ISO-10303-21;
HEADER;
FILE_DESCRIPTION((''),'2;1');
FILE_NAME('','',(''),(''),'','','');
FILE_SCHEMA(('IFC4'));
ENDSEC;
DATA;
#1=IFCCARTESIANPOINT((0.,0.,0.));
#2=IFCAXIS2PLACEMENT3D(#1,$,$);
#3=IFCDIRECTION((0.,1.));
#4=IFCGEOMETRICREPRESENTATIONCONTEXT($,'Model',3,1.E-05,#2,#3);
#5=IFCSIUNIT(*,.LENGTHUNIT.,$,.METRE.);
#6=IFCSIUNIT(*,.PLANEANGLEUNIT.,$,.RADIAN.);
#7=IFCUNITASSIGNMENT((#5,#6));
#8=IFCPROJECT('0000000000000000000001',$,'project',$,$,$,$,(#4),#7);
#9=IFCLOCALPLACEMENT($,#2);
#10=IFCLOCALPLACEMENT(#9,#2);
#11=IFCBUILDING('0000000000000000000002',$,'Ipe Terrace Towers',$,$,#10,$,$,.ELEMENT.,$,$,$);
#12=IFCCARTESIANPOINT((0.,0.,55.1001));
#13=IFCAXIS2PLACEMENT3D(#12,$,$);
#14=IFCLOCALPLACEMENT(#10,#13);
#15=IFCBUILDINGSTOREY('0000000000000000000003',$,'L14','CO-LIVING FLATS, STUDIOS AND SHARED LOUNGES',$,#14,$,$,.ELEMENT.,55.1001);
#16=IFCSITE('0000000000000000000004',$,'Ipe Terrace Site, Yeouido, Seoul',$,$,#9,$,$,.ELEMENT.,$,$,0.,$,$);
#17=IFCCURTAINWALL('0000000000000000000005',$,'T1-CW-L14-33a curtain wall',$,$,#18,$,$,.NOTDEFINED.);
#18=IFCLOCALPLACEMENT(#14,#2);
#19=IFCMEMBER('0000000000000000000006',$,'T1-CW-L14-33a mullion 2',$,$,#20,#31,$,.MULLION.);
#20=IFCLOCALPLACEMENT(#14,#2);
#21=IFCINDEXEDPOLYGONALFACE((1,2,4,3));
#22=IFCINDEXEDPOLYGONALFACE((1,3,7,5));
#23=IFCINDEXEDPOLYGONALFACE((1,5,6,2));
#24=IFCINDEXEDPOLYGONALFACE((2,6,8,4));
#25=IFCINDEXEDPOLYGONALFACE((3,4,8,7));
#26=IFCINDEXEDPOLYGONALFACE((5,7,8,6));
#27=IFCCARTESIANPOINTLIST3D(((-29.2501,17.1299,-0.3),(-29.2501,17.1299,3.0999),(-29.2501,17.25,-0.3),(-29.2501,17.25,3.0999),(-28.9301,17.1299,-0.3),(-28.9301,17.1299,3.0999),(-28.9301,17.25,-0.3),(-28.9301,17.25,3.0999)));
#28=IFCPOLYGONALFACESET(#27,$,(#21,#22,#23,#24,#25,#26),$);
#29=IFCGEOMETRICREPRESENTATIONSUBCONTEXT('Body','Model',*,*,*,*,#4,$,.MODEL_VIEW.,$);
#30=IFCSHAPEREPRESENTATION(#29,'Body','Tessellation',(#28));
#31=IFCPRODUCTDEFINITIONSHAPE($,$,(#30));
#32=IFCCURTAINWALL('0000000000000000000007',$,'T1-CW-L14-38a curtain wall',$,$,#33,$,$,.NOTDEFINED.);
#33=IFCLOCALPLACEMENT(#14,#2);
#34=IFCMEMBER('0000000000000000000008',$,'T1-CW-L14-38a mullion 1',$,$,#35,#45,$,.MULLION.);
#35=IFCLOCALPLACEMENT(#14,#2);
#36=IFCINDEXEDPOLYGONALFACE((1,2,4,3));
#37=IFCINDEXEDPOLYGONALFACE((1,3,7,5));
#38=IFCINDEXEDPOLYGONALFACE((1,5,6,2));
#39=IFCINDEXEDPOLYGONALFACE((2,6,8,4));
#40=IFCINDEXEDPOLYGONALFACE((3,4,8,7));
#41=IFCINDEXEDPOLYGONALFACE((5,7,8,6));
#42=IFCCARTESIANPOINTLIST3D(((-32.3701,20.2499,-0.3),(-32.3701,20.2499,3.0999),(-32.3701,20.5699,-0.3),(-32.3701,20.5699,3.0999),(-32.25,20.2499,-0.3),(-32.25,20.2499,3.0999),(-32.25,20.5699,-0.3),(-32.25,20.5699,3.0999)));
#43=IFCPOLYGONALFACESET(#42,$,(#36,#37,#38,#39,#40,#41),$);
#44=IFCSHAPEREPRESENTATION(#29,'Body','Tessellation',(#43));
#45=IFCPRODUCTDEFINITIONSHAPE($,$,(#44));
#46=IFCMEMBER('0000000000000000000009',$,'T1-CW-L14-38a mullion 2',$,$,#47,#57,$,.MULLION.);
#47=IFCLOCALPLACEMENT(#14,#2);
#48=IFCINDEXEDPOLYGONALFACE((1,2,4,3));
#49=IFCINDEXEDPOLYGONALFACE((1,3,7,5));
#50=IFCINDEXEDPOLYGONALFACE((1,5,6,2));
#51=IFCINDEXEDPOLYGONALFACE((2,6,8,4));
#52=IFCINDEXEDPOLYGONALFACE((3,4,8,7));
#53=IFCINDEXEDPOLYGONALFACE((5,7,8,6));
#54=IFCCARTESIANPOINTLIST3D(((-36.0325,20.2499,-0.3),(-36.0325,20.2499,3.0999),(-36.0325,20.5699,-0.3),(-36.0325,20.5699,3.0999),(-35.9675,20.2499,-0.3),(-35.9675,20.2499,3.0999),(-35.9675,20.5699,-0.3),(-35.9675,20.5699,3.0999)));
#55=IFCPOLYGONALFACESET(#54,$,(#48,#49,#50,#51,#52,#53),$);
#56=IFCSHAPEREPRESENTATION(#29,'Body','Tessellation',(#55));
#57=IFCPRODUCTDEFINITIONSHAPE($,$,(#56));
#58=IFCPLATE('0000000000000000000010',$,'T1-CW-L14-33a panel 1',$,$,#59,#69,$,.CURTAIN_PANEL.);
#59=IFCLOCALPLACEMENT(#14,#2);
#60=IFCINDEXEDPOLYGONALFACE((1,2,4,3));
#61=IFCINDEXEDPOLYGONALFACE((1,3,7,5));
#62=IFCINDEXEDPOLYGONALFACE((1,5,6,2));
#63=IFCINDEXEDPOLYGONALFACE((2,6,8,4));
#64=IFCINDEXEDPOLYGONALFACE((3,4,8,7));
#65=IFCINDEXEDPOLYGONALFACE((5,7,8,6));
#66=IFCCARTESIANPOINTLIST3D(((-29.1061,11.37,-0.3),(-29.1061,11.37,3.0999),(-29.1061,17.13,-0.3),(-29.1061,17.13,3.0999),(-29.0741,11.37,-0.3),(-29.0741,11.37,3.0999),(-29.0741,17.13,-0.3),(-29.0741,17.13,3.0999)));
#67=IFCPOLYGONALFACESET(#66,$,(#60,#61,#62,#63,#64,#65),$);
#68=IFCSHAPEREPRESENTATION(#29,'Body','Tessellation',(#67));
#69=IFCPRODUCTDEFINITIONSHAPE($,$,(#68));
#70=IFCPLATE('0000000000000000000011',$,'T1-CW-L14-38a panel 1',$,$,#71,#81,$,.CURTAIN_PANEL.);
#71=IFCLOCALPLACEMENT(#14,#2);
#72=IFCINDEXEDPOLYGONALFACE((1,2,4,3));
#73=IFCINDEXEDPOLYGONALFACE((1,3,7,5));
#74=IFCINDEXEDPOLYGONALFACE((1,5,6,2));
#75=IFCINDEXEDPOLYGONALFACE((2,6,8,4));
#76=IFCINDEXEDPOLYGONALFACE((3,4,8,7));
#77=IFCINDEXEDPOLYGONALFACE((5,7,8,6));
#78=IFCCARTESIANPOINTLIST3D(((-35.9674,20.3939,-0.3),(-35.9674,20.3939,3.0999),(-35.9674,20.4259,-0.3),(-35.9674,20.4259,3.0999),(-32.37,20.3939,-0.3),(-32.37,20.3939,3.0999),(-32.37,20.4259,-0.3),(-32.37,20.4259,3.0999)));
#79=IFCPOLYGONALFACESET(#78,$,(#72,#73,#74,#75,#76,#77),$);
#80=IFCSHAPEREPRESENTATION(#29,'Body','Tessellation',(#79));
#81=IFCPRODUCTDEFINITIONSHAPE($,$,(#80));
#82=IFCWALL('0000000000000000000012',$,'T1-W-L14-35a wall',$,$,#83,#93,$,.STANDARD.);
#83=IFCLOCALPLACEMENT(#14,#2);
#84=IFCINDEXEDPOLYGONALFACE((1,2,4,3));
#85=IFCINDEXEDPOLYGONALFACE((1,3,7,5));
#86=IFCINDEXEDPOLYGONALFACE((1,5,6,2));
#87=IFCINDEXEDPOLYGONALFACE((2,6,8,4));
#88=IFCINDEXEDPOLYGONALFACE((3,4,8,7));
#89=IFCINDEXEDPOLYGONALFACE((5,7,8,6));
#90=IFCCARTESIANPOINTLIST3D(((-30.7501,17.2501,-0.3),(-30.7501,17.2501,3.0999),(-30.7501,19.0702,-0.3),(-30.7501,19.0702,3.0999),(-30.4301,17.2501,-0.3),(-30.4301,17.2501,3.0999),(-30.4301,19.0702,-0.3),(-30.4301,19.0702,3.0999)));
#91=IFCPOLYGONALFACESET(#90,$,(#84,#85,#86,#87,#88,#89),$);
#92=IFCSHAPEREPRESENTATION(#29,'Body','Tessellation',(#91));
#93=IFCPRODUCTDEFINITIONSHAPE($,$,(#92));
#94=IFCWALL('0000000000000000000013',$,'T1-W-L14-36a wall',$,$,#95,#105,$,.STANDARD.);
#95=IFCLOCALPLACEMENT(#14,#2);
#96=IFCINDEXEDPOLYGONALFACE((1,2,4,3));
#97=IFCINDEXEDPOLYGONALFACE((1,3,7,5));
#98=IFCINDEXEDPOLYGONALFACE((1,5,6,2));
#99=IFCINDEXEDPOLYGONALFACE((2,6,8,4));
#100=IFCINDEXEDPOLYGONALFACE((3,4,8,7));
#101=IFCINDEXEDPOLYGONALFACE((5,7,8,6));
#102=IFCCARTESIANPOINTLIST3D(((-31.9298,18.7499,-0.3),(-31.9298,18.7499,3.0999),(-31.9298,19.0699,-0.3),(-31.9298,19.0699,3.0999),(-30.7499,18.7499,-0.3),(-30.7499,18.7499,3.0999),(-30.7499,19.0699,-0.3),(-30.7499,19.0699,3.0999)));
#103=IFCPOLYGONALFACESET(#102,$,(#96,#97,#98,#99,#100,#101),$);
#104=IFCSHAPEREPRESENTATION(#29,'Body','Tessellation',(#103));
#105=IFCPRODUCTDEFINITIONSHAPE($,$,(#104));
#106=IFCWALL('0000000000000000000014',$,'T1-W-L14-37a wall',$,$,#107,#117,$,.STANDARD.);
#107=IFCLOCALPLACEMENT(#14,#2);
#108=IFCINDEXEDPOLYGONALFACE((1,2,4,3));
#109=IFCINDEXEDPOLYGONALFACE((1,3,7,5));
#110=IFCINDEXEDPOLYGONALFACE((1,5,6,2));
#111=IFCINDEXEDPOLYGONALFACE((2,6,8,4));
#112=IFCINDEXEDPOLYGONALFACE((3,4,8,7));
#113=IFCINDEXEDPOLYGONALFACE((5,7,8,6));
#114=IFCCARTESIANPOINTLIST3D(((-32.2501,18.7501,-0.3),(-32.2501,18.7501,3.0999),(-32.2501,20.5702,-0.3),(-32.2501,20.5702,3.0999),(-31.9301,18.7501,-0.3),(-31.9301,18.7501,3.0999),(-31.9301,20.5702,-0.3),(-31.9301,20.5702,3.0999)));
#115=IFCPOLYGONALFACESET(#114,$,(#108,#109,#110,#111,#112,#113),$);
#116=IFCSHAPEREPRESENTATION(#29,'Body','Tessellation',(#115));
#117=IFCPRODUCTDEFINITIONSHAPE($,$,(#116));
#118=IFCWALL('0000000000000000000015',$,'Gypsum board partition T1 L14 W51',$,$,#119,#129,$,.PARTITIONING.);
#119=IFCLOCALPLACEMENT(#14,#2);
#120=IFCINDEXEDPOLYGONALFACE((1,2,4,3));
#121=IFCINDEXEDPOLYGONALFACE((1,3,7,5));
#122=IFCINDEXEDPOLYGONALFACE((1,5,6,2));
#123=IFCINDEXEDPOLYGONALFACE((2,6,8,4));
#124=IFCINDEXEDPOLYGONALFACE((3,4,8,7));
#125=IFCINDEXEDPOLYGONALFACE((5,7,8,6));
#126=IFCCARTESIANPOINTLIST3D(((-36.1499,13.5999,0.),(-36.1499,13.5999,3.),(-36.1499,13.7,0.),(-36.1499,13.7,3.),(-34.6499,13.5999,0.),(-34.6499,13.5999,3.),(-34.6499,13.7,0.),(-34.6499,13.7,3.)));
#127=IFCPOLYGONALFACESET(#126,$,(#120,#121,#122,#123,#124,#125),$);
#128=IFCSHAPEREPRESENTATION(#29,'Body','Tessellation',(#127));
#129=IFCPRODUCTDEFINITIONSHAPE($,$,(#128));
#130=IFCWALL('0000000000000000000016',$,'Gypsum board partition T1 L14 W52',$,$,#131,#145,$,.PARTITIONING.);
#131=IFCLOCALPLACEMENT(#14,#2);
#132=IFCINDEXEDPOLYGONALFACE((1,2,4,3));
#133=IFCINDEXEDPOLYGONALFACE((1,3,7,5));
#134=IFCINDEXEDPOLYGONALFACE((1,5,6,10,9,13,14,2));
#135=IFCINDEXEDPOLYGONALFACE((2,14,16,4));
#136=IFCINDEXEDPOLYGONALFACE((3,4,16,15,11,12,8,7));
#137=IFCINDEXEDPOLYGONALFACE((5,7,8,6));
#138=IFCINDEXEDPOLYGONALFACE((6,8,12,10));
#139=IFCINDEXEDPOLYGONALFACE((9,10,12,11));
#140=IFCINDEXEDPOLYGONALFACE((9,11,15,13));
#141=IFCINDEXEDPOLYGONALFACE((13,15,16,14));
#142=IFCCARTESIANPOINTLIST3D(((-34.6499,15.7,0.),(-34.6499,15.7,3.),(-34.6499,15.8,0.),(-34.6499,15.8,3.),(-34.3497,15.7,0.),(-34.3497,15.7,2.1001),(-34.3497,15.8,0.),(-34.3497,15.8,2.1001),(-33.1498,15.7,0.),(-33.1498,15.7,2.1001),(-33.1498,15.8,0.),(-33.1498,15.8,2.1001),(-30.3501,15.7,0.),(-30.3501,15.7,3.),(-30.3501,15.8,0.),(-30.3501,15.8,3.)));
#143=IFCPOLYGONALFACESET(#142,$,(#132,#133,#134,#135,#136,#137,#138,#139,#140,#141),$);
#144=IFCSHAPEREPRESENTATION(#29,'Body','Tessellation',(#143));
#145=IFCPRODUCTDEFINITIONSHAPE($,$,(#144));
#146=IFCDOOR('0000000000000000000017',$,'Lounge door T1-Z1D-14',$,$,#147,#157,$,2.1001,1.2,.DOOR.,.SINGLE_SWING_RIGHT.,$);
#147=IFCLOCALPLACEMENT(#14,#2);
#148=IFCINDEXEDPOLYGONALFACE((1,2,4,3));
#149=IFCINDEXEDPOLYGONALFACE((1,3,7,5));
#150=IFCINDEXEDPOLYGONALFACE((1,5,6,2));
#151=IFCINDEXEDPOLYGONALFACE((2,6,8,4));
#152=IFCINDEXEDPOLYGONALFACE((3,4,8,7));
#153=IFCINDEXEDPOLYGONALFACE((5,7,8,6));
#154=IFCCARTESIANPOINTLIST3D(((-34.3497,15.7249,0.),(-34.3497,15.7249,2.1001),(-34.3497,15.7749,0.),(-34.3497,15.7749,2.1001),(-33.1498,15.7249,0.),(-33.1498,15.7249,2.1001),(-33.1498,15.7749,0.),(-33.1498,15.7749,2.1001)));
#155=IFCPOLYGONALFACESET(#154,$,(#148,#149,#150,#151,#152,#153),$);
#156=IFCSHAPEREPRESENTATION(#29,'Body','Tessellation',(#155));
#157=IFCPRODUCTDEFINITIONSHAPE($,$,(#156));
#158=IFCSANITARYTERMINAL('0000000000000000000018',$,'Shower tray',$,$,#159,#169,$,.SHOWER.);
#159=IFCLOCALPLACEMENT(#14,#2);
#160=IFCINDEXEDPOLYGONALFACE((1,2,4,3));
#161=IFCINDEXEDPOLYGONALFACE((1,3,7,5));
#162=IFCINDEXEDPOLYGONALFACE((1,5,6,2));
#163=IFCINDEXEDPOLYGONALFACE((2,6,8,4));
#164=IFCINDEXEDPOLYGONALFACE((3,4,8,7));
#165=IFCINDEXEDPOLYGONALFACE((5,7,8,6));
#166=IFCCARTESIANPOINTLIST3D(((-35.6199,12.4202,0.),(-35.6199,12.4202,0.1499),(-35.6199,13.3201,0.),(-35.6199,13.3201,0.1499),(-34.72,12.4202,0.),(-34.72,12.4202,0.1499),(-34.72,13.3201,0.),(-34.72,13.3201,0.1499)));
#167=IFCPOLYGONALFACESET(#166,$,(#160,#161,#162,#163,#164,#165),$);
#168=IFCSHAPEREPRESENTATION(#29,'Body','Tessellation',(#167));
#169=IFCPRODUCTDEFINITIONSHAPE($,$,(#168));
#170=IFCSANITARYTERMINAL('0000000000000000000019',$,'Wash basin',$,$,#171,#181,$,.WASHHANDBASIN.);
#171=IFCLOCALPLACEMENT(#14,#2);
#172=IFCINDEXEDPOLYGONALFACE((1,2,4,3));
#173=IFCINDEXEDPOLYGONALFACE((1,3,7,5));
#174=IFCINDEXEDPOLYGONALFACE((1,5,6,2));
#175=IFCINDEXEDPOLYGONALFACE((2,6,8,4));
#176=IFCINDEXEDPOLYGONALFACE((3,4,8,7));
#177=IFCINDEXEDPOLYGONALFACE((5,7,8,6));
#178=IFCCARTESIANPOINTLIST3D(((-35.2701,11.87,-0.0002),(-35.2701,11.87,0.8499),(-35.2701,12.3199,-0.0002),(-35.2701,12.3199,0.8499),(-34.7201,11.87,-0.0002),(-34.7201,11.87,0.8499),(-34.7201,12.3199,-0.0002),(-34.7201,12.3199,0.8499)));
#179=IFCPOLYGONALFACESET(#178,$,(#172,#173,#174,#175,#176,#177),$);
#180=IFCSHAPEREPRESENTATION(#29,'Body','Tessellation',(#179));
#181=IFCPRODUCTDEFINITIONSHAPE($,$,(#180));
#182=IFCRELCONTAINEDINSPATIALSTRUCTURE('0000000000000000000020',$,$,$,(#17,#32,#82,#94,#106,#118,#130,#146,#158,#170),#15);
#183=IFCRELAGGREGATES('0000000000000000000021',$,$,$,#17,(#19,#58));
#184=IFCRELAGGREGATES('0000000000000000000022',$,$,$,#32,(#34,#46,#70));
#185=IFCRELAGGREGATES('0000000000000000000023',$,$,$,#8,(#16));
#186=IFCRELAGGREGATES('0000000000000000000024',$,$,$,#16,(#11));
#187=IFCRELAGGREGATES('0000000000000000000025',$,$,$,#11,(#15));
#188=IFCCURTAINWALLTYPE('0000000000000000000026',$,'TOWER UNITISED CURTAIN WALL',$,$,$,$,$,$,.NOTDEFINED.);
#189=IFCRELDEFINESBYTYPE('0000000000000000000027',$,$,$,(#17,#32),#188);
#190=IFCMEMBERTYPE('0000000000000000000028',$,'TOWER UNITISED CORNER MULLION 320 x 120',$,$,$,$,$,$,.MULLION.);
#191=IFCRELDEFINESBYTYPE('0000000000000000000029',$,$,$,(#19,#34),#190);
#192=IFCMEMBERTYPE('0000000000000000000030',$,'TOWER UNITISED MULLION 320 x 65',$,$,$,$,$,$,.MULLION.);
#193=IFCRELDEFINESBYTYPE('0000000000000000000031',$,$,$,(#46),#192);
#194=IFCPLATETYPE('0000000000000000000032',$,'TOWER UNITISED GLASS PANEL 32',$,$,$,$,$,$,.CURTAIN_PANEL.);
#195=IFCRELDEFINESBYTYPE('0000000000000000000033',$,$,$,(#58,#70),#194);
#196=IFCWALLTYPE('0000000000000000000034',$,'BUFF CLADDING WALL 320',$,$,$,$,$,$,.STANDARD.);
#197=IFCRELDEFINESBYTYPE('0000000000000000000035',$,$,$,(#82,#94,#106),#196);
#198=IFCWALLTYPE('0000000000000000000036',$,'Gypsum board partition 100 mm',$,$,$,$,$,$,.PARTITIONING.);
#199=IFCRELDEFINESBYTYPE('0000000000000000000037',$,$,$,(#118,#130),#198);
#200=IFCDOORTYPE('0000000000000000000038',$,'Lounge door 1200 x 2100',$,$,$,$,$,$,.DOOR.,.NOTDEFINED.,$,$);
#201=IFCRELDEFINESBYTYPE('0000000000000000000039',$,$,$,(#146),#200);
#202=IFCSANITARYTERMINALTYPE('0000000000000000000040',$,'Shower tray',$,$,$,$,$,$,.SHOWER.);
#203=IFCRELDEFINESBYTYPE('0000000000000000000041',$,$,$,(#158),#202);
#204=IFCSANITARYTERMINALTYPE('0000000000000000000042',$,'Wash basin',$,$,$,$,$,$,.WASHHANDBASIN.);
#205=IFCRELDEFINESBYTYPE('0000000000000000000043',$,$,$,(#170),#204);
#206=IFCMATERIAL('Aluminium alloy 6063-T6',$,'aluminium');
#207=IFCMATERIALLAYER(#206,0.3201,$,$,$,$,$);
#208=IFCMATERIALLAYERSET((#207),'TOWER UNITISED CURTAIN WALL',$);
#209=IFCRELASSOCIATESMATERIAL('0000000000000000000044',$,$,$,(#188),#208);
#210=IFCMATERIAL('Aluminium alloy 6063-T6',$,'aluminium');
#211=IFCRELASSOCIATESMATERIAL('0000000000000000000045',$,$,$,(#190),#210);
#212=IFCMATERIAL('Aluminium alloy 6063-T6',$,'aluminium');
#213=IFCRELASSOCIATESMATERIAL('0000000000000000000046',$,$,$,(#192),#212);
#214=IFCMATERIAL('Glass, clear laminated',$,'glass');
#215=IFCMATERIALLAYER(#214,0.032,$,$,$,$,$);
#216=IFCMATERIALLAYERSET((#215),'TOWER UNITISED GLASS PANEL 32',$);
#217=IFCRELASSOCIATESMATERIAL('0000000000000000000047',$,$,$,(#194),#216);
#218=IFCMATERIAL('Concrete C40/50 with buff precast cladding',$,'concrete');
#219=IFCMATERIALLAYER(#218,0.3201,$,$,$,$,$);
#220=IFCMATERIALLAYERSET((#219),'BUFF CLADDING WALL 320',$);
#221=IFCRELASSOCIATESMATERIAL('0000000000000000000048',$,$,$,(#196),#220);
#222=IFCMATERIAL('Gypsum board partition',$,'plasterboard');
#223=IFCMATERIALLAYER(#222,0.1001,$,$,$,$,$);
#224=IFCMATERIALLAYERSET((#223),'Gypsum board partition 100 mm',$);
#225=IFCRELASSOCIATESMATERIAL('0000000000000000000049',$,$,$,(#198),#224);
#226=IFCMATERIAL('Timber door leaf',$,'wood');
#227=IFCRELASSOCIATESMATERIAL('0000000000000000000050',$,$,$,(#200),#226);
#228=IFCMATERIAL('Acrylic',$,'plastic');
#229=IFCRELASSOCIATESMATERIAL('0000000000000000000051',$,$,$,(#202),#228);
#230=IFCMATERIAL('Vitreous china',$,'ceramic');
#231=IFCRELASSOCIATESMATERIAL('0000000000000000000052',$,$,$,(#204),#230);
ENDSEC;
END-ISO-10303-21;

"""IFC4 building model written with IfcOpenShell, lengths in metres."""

from ifc_helpers import new_model, si_unit, direction, frame, frame_2d, origin, origin_2d, place, context, subcontext, project, spatial, rectangle, extrude, material, layer, layer_set, material_profile, profile_set, type_object, element, fill, aggregate, save


model = new_model("IFC4")

# Units and contexts
model_context = context("Model", 3, precision=1e-05, world=origin(), true_north=direction((0.0, 1.0)))
body_context = subcontext(model_context, "Body", "Model", "MODEL_VIEW")
ifc_project = project(units=[si_unit("LENGTHUNIT", "METRE"), si_unit("PLANEANGLEUNIT", "RADIAN")], contexts=[model_context])

# Site, building, storey
site_placement = place(None, origin())
site = spatial("IfcSite", under=ifc_project, at=site_placement, Name="Ipe Terrace Site, Yeouido, Seoul", CompositionType="ELEMENT", RefElevation=0.0)
building_placement = place(site_placement, origin())
building = spatial("IfcBuilding", under=site, at=building_placement, Name="Ipe Terrace Towers", CompositionType="ELEMENT")
storey_placement = place(building_placement, frame((0.0, 0.0, 55.1001)))
storey = spatial("IfcBuildingStorey", under=building, at=storey_placement, Name="L14", Description="CO-LIVING FLATS, STUDIOS AND SHARED LOUNGES", CompositionType="ELEMENT", Elevation=55.1001)

# Curtain wall, member
ifc_material_1 = material(Name="Aluminium alloy 6063-T6", Category="aluminium")
ifc_layer_1 = layer(ifc_material_1, 0.3201)
ifc_layer_set_1 = layer_set([ifc_layer_1], Name="TOWER UNITISED CURTAIN WALL")
curtain_wall_type = type_object("IfcCurtainWallType", Name="TOWER UNITISED CURTAIN WALL", PredefinedType="NOTDEFINED", material=ifc_layer_set_1)
curtain_wall_1_placement = place(storey_placement, origin())
curtain_wall_1 = element("IfcCurtainWall", 1, at=curtain_wall_1_placement, inside=storey, type_object=curtain_wall_type, Name="T1-CW-L14-33a curtain wall", PredefinedType="NOTDEFINED")
ifc_material_2 = material(Name="Aluminium alloy 6063-T6", Category="aluminium")
ifc_material_profile_1 = material_profile(ifc_material_2, rectangle(XDim=0.3201, YDim=0.1201, at=origin_2d()), Name="TOWER UNITISED CORNER MULLION 320 x 120")
ifc_profile_set_1 = profile_set([ifc_material_profile_1], Name="Aluminium alloy 6063-T6")
member_type_1 = type_object("IfcMemberType", Name="TOWER UNITISED CORNER MULLION 320 x 120", PredefinedType="MULLION", material=ifc_profile_set_1)
member_1_placement = place(storey_placement, frame((-29.0901, 17.1899, -0.3), z_axis=(0.0, 0.0, 1.0), x_axis=(1.0, 0.0, 0.0)))
member_1 = element("IfcMember", 2, at=member_1_placement, type_object=member_type_1, Name="T1-CW-L14-33a mullion 2", PredefinedType="MULLION", context=body_context, shape_type="SweptSolid", body=[
    extrude(rectangle(XDim=0.3201, YDim=0.1201, at=origin_2d()), origin(), (0.0, 0.0, 1.0), 3.3999),
])

# Curtain wall, members
curtain_wall_2_placement = place(storey_placement, origin())
curtain_wall_2 = element("IfcCurtainWall", 3, at=curtain_wall_2_placement, inside=storey, type_object=curtain_wall_type, Name="T1-CW-L14-38a curtain wall", PredefinedType="NOTDEFINED")
member_2_placement = place(storey_placement, frame((-32.3101, 20.4099, -0.3), z_axis=(0.0, 0.0, 1.0), x_axis=(0.0, 1.0, 0.0)))
member_2 = element("IfcMember", 4, at=member_2_placement, type_object=member_type_1, Name="T1-CW-L14-38a mullion 1", PredefinedType="MULLION", context=body_context, shape_type="SweptSolid", body=[
    extrude(rectangle(XDim=0.3201, YDim=0.1201, at=origin_2d()), origin(), (0.0, 0.0, 1.0), 3.3999),
])
ifc_material_3 = material(Name="Aluminium alloy 6063-T6", Category="aluminium")
ifc_material_profile_2 = material_profile(ifc_material_3, rectangle(XDim=0.3201, YDim=0.0649, at=origin_2d()), Name="TOWER UNITISED MULLION 320 x 65")
ifc_profile_set_2 = profile_set([ifc_material_profile_2], Name="Aluminium alloy 6063-T6")
member_type_2 = type_object("IfcMemberType", Name="TOWER UNITISED MULLION 320 x 65", PredefinedType="MULLION", material=ifc_profile_set_2)
member_3_placement = place(storey_placement, frame((-36.0, 20.4099, -0.3), z_axis=(0.0, 0.0, 1.0), x_axis=(0.0, 1.0, 0.0)))
member_3 = element("IfcMember", 5, at=member_3_placement, type_object=member_type_2, Name="T1-CW-L14-38a mullion 2", PredefinedType="MULLION", context=body_context, shape_type="SweptSolid", body=[
    extrude(rectangle(XDim=0.3201, YDim=0.0649, at=origin_2d()), origin(), (0.0, 0.0, 1.0), 3.3999),
])

# Plates
ifc_material_4 = material(Name="Glass, clear laminated", Category="glass")
ifc_layer_2 = layer(ifc_material_4, 0.032)
ifc_layer_set_2 = layer_set([ifc_layer_2], Name="TOWER UNITISED GLASS PANEL 32")
plate_type = type_object("IfcPlateType", Name="TOWER UNITISED GLASS PANEL 32", PredefinedType="CURTAIN_PANEL", material=ifc_layer_set_2)
plate_1_placement = place(storey_placement, frame((-29.0901, 14.25, -0.3), z_axis=(0.0, 0.0, 1.0), x_axis=(0.0, 1.0, 0.0)))
plate_1 = element("IfcPlate", 6, at=plate_1_placement, type_object=plate_type, Name="T1-CW-L14-33a panel 1", PredefinedType="CURTAIN_PANEL", context=body_context, shape_type="SweptSolid", body=[
    extrude(rectangle(XDim=5.76, YDim=0.032, at=origin_2d()), origin(), (0.0, 0.0, 1.0), 3.3999),
])
aggregate(curtain_wall_1, [member_1, plate_1])
plate_2_placement = place(storey_placement, frame((-34.1687, 20.4099, -0.3), z_axis=(0.0, 0.0, 1.0), x_axis=(-1.0, 0.0, 0.0)))
plate_2 = element("IfcPlate", 7, at=plate_2_placement, type_object=plate_type, Name="T1-CW-L14-38a panel 1", PredefinedType="CURTAIN_PANEL", context=body_context, shape_type="SweptSolid", body=[
    extrude(rectangle(XDim=3.5974, YDim=0.032, at=origin_2d()), origin(), (0.0, 0.0, 1.0), 3.3999),
])
aggregate(curtain_wall_2, [member_2, member_3, plate_2])

# Walls
ifc_material_5 = material(Name="Concrete C40/50 with buff precast cladding", Category="concrete")
ifc_layer_3 = layer(ifc_material_5, 0.3201)
ifc_layer_set_3 = layer_set([ifc_layer_3], Name="BUFF CLADDING WALL 320")
wall_type_1 = type_object("IfcWallType", Name="BUFF CLADDING WALL 320", PredefinedType="STANDARD", material=ifc_layer_set_3)
wall_1_placement = place(storey_placement, frame((-30.5901, 17.25, -0.3), z_axis=(0.0, 0.0, 1.0), x_axis=(0.0, 1.0, 0.0)))
element("IfcWall", 8, at=wall_1_placement, inside=storey, type_object=wall_type_1, Name="T1-W-L14-35a wall", PredefinedType="STANDARD", context=body_context, shape_type="SweptSolid", body=[
    extrude(rectangle(XDim=1.8201, YDim=0.3201, at=frame_2d((0.9102, 0.0))), origin(), (0.0, 0.0, 1.0), 3.3999),
])
wall_2_placement = place(storey_placement, frame((-30.75, 18.9099, -0.3), z_axis=(0.0, 0.0, 1.0), x_axis=(-1.0, 0.0, 0.0)))
element("IfcWall", 9, at=wall_2_placement, inside=storey, type_object=wall_type_1, Name="T1-W-L14-36a wall", PredefinedType="STANDARD", context=body_context, shape_type="SweptSolid", body=[
    extrude(rectangle(XDim=1.1799, YDim=0.3201, at=frame_2d((0.5898, 0.0))), origin(), (0.0, 0.0, 1.0), 3.3999),
])
wall_3_placement = place(storey_placement, frame((-32.0901, 18.75, -0.3), z_axis=(0.0, 0.0, 1.0), x_axis=(0.0, 1.0, 0.0)))
element("IfcWall", 10, at=wall_3_placement, inside=storey, type_object=wall_type_1, Name="T1-W-L14-37a wall", PredefinedType="STANDARD", context=body_context, shape_type="SweptSolid", body=[
    extrude(rectangle(XDim=1.8201, YDim=0.3201, at=frame_2d((0.9102, 0.0))), origin(), (0.0, 0.0, 1.0), 3.3999),
])
ifc_material_6 = material(Name="Gypsum board partition", Category="plasterboard")
ifc_layer_4 = layer(ifc_material_6, 0.1001)
ifc_layer_set_4 = layer_set([ifc_layer_4], Name="Gypsum board partition 100 mm")
wall_type_2 = type_object("IfcWallType", Name="Gypsum board partition 100 mm", PredefinedType="PARTITIONING", material=ifc_layer_set_4)
wall_4_placement = place(storey_placement, frame((-36.1499, 13.6499, 0.0), z_axis=(0.0, 0.0, 1.0), x_axis=(1.0, 0.0, 0.0)))
element("IfcWall", 11, at=wall_4_placement, inside=storey, type_object=wall_type_2, Name="Gypsum board partition T1 L14 W51", PredefinedType="PARTITIONING", context=body_context, shape_type="SweptSolid", body=[
    extrude(rectangle(XDim=1.5, YDim=0.1001, at=frame_2d((0.75, 0.0))), origin(), (0.0, 0.0, 1.0), 3.0),
])

# Wall, opening, door
wall_5_placement = place(storey_placement, frame((-34.6499, 15.75, 0.0), z_axis=(0.0, 0.0, 1.0), x_axis=(1.0, 0.0, 0.0)))
wall_5 = element("IfcWall", 12, at=wall_5_placement, inside=storey, type_object=wall_type_2, Name="Gypsum board partition T1 L14 W52", PredefinedType="PARTITIONING", context=body_context, shape_type="SweptSolid", body=[
    extrude(rectangle(XDim=4.2998, YDim=0.1001, at=frame_2d((2.1499, 0.0))), origin(), (0.0, 0.0, 1.0), 3.0),
])
opening_placement = place(wall_5_placement, frame((0.3, 0.0, 0.0)))
opening = element("IfcOpeningElement", 13, at=opening_placement, cuts=wall_5, PredefinedType="OPENING", context=body_context, shape_type="SweptSolid", body=[
    extrude(rectangle(XDim=1.2, YDim=2.1001, at=frame_2d((0.6001, 1.05))), frame((0.0, 0.0601, 0.0), z_axis=(0.0, -1.0, 0.0), x_axis=(1.0, 0.0, 0.0)), (0.0, 0.0, 1.0), 0.1201),
])
ifc_material_7 = material(Name="Timber door leaf", Category="wood")
door_type = type_object("IfcDoorType", Name="Lounge door 1200 x 2100", OperationType="NOTDEFINED", PredefinedType="DOOR", material=ifc_material_7)
door_placement = place(opening_placement, origin())
door = element("IfcDoor", 14, at=door_placement, inside=storey, type_object=door_type, Name="Lounge door T1-Z1D-14", OperationType="SINGLE_SWING_RIGHT", OverallHeight=2.1001, OverallWidth=1.2, PredefinedType="DOOR", context=body_context, shape_type="SweptSolid", body=[
    extrude(rectangle(XDim=1.2, YDim=2.1001, at=frame_2d((0.6001, 1.05))), frame((0.0, 0.0249, 0.0), z_axis=(0.0, -1.0, 0.0), x_axis=(1.0, 0.0, 0.0)), (0.0, 0.0, 1.0), 0.05),
])
fill(opening, door)

# Sanitary terminals
ifc_material_8 = material(Name="Acrylic", Category="plastic")
sanitary_terminal_type_1 = type_object("IfcSanitaryTerminalType", Name="Shower tray", PredefinedType="SHOWER", material=ifc_material_8)
sanitary_terminal_1_placement = place(storey_placement, frame((-35.1699, 12.8701, 0.0), z_axis=(0.0, 0.0, 1.0), x_axis=(-1.0, 0.0, 0.0)))
element("IfcSanitaryTerminal", 15, at=sanitary_terminal_1_placement, inside=storey, type_object=sanitary_terminal_type_1, Name="Shower tray", PredefinedType="SHOWER", context=body_context, shape_type="SweptSolid", body=[
    extrude(rectangle(XDim=0.8999, YDim=0.8999, at=origin_2d()), origin(), (0.0, 0.0, 1.0), 0.1499),
])
ifc_material_9 = material(Name="Vitreous china", Category="ceramic")
sanitary_terminal_type_2 = type_object("IfcSanitaryTerminalType", Name="Wash basin", PredefinedType="WASHHANDBASIN", material=ifc_material_9)
sanitary_terminal_2_placement = place(storey_placement, frame((-34.9951, 12.095, -0.0002), z_axis=(0.0, 0.0, 1.0), x_axis=(-1.0, 0.0, 0.0)))
element("IfcSanitaryTerminal", 16, at=sanitary_terminal_2_placement, inside=storey, type_object=sanitary_terminal_type_2, Name="Wash basin", PredefinedType="WASHHANDBASIN", context=body_context, shape_type="SweptSolid", body=[
    extrude(rectangle(XDim=0.55, YDim=0.45, at=origin_2d()), origin(), (0.0, 0.0, 1.0), 0.8501),
])

save(model, "model.ifc")
